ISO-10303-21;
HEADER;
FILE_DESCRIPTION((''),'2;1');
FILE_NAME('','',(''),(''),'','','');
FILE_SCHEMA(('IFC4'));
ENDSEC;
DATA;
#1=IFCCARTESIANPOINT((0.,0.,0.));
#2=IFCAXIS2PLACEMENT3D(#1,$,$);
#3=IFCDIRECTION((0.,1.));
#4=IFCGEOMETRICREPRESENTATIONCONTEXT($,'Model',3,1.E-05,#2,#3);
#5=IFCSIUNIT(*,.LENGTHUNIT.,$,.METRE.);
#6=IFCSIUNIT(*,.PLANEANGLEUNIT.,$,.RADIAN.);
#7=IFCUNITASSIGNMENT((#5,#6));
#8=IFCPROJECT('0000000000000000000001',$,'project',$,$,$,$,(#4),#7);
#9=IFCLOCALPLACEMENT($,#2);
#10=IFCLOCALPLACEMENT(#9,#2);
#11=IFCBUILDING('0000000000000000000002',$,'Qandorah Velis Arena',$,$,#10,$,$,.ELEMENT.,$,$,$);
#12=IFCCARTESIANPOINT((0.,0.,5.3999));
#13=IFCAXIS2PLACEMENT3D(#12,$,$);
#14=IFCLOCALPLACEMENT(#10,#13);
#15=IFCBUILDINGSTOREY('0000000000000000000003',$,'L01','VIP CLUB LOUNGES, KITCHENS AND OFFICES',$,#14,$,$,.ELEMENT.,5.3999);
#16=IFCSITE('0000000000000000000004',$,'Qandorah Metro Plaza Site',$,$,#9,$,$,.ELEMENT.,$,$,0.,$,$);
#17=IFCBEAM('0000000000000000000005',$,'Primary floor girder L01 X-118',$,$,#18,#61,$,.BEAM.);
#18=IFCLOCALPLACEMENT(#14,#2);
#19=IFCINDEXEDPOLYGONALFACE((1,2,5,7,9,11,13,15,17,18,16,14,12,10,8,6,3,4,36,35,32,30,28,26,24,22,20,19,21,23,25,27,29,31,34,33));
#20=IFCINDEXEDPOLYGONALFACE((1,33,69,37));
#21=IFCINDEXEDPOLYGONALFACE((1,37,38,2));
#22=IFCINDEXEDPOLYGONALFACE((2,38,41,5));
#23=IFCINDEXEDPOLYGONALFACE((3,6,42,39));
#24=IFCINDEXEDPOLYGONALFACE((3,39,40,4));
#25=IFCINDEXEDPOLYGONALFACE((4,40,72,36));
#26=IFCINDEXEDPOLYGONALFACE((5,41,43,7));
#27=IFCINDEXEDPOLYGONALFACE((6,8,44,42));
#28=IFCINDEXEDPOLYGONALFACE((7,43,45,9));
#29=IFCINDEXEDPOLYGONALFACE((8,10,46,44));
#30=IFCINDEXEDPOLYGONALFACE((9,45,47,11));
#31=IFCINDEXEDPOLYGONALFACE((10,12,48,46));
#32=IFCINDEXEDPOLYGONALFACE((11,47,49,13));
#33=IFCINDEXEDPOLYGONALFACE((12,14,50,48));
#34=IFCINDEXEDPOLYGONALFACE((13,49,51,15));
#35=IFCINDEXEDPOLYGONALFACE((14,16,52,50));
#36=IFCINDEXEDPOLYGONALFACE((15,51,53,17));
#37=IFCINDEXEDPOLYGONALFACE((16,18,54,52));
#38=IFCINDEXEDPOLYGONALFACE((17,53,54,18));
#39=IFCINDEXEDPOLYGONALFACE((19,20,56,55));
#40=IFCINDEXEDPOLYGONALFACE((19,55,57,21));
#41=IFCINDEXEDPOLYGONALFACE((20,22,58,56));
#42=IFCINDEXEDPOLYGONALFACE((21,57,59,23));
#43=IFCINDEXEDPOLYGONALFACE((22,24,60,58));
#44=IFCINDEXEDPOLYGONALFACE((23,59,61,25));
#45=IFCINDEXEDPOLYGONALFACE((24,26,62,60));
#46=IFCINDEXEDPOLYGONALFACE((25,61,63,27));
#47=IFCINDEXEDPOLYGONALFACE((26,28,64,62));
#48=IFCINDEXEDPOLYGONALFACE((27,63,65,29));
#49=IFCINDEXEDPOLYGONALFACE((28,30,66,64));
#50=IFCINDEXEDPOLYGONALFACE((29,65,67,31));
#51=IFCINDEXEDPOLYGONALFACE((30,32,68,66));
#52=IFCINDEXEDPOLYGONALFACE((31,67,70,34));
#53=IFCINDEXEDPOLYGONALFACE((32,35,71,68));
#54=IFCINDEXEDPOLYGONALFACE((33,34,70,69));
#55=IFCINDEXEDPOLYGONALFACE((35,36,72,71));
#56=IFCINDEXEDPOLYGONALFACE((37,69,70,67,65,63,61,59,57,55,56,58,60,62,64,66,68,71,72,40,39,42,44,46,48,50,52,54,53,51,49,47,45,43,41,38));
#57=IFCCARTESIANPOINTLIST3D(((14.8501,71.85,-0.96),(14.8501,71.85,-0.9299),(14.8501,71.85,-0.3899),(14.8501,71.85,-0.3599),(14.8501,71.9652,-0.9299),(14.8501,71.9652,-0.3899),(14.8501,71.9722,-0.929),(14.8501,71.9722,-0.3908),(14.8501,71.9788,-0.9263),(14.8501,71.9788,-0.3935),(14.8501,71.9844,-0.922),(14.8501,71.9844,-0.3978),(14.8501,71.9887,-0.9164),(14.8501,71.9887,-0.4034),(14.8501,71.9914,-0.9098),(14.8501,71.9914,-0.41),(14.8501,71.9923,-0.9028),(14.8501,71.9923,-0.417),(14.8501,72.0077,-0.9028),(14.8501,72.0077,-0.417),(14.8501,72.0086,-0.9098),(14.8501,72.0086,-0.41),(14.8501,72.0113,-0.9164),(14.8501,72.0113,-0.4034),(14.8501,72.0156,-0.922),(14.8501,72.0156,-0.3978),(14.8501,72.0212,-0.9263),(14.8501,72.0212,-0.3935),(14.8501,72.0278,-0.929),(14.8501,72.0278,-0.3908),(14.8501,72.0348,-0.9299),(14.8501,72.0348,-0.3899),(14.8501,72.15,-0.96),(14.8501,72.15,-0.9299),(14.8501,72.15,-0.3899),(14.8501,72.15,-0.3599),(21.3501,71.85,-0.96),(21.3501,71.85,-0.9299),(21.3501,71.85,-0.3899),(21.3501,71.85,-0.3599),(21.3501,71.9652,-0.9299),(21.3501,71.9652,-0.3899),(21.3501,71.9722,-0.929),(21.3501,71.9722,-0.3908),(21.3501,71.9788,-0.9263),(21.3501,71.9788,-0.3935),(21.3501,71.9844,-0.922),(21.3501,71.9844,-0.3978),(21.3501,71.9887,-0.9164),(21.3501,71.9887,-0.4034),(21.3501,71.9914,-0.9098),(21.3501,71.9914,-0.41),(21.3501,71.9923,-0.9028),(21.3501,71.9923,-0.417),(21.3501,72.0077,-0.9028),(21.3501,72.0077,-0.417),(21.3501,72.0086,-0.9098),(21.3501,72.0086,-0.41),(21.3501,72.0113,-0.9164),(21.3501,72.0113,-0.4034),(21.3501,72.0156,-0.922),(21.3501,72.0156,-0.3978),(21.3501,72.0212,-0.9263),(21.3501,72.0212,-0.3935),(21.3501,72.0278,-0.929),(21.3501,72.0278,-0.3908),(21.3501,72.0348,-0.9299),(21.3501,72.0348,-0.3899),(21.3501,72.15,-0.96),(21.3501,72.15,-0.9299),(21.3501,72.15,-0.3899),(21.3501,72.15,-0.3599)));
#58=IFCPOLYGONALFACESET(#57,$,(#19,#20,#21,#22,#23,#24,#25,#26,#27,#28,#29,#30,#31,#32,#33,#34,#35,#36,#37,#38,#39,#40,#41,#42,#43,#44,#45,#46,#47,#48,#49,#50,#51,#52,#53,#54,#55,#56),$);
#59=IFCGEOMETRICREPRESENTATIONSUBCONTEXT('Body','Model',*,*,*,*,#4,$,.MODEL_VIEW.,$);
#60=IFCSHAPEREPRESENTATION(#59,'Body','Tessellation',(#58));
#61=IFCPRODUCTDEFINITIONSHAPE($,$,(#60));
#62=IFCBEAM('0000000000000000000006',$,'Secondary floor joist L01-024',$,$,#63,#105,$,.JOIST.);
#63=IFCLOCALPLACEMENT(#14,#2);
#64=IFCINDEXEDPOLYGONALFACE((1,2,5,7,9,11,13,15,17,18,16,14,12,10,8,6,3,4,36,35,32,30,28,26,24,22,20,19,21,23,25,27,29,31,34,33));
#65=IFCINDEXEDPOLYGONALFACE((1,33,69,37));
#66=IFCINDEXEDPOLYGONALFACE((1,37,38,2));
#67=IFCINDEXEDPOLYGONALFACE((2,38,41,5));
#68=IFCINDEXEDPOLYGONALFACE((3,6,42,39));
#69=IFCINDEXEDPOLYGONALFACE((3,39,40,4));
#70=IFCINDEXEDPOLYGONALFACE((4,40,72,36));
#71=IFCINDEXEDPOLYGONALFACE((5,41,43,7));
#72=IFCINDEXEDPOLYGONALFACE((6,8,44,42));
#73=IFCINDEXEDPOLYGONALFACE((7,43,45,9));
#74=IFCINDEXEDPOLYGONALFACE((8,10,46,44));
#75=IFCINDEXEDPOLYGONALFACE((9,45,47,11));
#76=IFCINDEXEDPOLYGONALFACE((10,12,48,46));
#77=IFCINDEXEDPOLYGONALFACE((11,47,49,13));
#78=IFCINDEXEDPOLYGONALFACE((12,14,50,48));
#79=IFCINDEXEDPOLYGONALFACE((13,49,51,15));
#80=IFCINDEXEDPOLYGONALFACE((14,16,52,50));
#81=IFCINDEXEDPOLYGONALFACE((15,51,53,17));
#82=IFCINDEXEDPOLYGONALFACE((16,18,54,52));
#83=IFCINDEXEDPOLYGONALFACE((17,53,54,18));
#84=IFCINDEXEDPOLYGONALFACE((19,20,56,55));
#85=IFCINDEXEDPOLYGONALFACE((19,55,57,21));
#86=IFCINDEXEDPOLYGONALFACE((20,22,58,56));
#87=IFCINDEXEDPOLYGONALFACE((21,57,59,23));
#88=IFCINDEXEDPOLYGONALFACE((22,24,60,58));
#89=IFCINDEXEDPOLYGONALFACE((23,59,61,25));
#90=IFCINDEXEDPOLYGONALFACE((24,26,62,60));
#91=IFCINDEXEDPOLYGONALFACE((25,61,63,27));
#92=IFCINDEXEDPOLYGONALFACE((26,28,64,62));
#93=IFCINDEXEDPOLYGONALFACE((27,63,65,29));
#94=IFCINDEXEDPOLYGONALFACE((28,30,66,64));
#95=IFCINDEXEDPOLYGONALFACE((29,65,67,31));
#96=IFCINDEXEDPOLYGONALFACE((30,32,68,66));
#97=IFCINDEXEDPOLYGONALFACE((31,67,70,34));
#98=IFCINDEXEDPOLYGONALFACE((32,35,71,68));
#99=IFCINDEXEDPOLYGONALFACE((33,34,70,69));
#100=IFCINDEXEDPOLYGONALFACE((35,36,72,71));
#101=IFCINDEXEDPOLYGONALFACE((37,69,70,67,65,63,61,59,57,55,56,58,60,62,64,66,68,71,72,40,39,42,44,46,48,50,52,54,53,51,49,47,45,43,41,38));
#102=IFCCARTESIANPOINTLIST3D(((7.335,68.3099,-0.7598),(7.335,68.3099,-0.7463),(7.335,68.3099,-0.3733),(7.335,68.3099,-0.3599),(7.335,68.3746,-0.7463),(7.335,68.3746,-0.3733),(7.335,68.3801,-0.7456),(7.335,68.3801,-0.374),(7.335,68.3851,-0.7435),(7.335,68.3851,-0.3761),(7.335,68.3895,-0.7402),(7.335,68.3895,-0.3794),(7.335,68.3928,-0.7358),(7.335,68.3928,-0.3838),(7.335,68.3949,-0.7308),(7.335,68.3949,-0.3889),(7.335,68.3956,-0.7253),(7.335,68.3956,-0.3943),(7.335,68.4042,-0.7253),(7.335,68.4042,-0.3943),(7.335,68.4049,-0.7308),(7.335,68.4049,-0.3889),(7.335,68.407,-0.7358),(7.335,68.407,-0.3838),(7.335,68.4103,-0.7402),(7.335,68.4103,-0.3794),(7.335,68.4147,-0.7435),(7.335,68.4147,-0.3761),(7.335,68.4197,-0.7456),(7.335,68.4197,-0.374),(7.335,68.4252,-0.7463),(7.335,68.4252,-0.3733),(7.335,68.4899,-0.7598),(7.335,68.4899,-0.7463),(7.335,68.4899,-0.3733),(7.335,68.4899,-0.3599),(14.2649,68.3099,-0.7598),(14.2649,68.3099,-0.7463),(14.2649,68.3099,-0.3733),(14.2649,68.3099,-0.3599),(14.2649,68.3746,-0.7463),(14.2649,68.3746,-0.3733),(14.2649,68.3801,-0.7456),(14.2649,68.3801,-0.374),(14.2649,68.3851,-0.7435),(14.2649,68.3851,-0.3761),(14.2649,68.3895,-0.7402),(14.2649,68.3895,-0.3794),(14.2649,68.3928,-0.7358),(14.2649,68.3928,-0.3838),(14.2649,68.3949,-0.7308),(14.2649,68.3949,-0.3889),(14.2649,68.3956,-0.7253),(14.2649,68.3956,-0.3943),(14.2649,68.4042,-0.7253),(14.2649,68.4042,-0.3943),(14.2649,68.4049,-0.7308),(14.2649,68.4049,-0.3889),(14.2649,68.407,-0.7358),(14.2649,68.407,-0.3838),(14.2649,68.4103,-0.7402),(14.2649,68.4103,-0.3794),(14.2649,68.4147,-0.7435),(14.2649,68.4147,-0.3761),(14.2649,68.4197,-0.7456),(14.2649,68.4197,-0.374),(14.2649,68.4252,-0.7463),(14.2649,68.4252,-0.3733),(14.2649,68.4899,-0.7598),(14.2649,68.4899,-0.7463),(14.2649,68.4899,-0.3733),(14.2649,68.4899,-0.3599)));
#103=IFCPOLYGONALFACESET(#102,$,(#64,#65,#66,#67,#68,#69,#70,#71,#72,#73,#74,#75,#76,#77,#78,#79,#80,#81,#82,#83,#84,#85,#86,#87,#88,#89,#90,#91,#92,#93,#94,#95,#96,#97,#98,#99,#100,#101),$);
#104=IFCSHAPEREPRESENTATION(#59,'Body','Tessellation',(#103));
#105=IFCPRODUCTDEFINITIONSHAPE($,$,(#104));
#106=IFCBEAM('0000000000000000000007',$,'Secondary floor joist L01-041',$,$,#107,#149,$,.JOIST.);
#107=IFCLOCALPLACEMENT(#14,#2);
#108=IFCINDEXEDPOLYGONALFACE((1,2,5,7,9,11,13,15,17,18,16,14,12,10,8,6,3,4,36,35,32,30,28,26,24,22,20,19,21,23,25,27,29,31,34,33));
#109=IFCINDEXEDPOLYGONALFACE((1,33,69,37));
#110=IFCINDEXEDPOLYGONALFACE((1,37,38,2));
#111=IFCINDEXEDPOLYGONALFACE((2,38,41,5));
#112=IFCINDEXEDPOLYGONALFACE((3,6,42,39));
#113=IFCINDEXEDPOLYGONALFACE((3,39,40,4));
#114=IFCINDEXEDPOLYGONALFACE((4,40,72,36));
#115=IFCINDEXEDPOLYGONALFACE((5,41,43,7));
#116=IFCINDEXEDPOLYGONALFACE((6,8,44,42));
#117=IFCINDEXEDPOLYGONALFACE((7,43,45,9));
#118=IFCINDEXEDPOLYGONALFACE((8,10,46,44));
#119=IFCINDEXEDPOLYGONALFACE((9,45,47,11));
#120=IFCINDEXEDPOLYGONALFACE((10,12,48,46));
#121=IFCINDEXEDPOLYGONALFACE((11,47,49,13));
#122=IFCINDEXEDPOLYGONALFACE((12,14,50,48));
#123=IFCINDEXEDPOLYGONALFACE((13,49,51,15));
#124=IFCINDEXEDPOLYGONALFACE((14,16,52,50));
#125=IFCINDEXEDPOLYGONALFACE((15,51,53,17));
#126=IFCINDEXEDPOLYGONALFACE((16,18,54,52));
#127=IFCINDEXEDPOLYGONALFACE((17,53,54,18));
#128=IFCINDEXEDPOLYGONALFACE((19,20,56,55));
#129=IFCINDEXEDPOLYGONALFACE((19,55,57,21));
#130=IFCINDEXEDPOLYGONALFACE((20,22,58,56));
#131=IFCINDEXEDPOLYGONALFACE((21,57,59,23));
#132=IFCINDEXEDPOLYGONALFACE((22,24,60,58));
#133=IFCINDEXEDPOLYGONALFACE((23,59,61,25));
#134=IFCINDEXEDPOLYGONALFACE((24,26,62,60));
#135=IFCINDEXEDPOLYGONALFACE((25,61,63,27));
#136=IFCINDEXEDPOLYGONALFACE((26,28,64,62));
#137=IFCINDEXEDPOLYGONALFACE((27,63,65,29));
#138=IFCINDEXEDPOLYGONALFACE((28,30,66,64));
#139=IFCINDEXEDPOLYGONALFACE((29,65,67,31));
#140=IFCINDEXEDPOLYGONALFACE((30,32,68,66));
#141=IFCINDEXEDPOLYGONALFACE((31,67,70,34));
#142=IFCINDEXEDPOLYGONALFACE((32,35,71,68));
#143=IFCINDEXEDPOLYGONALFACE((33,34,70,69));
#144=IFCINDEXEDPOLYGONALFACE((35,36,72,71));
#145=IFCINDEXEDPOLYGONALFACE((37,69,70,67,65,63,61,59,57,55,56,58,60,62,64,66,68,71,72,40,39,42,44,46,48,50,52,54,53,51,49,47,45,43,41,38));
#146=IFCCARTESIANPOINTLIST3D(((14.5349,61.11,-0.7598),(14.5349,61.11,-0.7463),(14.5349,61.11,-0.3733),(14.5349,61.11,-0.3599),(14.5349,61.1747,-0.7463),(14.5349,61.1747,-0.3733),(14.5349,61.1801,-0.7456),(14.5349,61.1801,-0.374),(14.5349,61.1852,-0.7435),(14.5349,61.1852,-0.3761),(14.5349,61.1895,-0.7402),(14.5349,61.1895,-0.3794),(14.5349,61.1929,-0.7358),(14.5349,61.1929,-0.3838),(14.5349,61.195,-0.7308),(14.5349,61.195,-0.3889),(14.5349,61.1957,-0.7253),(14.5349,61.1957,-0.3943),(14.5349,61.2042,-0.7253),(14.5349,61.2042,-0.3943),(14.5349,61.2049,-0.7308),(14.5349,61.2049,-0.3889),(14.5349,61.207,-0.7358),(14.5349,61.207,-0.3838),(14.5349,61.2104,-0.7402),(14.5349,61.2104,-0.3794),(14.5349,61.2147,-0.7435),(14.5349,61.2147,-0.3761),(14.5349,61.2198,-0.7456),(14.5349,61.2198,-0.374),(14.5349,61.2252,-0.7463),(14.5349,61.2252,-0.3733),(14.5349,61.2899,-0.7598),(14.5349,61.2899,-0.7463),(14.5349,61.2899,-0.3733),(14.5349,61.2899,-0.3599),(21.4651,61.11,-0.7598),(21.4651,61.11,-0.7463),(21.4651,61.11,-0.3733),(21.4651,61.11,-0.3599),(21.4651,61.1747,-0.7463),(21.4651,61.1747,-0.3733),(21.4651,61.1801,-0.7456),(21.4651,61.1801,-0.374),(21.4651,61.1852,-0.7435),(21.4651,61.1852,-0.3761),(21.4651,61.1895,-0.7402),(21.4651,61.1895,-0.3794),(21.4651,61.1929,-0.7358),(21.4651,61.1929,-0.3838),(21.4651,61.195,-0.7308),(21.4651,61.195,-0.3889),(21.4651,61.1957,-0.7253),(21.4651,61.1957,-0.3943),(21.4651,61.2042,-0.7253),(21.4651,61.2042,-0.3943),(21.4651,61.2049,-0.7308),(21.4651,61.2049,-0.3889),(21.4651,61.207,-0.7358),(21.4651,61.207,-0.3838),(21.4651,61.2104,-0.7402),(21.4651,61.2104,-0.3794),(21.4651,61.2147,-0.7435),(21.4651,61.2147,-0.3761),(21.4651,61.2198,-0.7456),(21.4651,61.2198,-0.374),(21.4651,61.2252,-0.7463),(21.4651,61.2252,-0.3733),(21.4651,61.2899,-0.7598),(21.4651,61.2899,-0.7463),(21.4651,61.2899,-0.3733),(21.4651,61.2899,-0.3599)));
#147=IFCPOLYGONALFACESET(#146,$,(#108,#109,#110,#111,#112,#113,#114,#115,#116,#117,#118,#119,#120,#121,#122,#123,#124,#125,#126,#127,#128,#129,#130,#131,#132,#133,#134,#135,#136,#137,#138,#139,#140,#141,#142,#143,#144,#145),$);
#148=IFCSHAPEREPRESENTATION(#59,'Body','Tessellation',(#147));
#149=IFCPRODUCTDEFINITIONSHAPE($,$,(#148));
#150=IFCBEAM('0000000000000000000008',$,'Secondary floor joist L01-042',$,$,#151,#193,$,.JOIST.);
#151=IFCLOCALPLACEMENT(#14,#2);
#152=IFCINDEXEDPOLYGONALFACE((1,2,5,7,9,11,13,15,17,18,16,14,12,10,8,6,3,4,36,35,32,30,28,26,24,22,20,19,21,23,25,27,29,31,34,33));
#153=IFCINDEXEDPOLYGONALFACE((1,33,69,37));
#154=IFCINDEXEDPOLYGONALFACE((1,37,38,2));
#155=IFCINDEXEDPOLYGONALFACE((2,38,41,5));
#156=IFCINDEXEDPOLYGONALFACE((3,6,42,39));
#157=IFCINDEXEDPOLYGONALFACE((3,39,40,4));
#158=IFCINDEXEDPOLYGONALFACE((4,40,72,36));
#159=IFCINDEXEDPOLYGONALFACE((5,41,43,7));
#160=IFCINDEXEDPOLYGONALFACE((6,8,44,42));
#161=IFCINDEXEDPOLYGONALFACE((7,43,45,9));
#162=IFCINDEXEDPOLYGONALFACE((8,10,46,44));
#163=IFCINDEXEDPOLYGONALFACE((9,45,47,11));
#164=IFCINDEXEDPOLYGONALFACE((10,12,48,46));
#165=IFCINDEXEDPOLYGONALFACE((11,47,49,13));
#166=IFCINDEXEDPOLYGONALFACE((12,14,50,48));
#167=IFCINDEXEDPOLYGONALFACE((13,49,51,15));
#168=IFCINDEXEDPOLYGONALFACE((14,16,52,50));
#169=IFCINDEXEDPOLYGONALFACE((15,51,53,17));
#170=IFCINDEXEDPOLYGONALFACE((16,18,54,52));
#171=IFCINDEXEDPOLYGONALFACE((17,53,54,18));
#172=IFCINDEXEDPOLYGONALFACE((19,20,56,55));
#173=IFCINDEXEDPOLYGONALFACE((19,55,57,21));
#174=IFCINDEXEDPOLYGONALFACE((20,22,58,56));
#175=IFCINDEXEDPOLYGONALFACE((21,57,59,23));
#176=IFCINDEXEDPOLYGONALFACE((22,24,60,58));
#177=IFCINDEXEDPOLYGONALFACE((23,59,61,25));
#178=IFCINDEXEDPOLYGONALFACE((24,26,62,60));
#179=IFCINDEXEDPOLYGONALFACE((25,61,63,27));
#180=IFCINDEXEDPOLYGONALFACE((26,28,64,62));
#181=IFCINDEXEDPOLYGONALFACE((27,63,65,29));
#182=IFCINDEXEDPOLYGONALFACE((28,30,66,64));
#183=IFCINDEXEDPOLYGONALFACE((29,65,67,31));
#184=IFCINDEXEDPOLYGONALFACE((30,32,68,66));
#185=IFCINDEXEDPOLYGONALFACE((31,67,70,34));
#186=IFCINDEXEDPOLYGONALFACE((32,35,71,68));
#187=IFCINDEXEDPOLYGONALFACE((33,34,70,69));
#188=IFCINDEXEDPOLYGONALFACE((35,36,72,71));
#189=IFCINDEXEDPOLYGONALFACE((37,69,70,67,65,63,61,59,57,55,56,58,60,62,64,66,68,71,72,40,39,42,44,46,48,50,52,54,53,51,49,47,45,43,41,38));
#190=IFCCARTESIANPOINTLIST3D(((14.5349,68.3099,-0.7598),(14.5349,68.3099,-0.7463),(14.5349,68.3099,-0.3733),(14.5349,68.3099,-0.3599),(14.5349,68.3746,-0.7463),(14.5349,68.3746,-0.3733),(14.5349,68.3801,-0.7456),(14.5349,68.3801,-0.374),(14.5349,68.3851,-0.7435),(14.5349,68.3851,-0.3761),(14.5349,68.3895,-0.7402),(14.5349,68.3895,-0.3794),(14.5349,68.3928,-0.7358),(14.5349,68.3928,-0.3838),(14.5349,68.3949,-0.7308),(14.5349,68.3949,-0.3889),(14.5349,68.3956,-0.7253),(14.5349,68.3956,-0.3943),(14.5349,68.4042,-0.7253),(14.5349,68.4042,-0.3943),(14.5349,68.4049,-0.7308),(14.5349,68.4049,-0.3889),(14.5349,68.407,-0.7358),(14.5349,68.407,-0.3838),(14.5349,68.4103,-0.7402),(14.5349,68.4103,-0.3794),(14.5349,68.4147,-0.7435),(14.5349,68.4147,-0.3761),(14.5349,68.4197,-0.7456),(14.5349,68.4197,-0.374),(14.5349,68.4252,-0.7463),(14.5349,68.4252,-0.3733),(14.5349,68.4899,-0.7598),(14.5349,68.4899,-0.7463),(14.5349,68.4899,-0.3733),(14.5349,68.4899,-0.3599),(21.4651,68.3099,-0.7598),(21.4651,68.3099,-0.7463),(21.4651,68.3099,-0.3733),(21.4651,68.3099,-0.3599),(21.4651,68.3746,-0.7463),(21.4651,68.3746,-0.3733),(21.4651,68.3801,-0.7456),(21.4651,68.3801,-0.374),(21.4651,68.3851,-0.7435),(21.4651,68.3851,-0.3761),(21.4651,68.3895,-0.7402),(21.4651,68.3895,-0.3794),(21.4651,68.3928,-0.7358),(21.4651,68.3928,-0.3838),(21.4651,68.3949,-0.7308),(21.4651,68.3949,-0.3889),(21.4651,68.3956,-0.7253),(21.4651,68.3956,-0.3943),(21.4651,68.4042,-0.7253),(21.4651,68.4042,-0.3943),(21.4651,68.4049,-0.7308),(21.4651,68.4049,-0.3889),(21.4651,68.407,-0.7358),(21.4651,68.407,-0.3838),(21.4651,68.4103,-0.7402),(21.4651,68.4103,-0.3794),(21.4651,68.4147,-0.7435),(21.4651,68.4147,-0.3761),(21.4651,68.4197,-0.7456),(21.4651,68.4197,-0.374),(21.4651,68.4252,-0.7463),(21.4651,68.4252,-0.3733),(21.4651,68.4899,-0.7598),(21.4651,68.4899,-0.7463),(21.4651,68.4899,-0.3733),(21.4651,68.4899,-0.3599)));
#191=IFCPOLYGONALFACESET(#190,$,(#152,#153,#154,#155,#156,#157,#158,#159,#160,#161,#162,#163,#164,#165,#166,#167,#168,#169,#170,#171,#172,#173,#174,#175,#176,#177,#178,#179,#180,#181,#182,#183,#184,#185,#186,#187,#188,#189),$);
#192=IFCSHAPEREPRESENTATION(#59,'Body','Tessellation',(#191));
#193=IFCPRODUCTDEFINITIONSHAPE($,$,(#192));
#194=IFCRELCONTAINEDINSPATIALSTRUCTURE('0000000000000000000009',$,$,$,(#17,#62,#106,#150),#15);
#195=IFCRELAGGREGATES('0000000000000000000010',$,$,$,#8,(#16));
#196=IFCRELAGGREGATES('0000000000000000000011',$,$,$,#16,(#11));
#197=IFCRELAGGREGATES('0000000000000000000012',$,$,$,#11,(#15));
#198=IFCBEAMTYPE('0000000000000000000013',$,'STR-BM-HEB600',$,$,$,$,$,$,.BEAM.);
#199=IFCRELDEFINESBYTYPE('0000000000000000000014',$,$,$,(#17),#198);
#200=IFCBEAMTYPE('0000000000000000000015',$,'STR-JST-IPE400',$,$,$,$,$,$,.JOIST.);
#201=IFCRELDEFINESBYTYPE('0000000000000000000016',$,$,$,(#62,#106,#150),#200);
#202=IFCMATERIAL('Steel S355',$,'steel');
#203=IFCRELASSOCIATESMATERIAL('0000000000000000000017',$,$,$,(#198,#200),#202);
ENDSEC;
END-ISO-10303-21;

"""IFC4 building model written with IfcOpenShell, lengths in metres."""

from ifc_helpers import new_model, si_unit, direction, frame, origin, origin_2d, place, context, subcontext, project, spatial, i_section, extrude, material, material_profile, profile_set, type_object, element, save


model = new_model("IFC4")

# Units and contexts
model_context = context("Model", 3, precision=1e-05, world=origin(), true_north=direction((0.0, 1.0)))
body_context = subcontext(model_context, "Body", "Model", "MODEL_VIEW")
ifc_project = project(units=[si_unit("LENGTHUNIT", "METRE"), si_unit("PLANEANGLEUNIT", "RADIAN")], contexts=[model_context])

# Site, building, storey
site_placement = place(None, origin())
site = spatial("IfcSite", under=ifc_project, at=site_placement, Name="Qandorah Metro Plaza Site", CompositionType="ELEMENT", RefElevation=0.0)
building_placement = place(site_placement, origin())
building = spatial("IfcBuilding", under=site, at=building_placement, Name="Qandorah Velis Arena", CompositionType="ELEMENT")
storey_placement = place(building_placement, frame((0.0, 0.0, 5.3999)))
storey = spatial("IfcBuildingStorey", under=building, at=storey_placement, Name="L01", Description="VIP CLUB LOUNGES, KITCHENS AND OFFICES", CompositionType="ELEMENT", Elevation=5.3999)

# Beams
ifc_material_1 = material(Name="Steel S355", Category="steel")
ifc_material_profile_1 = material_profile(ifc_material_1, i_section(OverallWidth=0.3, OverallDepth=0.6001, WebThickness=0.0154, FlangeThickness=0.03, FilletRadius=0.0271, at=origin_2d()), Name="HEB 600")
ifc_profile_set_1 = profile_set([ifc_material_profile_1], Name="Steel S355")
beam_type_1 = type_object("IfcBeamType", Name="STR-BM-HEB600", PredefinedType="BEAM", material=ifc_profile_set_1)
beam_1_placement = place(storey_placement, frame((14.8501, 72.0, -0.6599), z_axis=(1.0, 0.0, 0.0), x_axis=(0.0, 1.0, 0.0)))
element("IfcBeam", 1, at=beam_1_placement, inside=storey, type_object=beam_type_1, Name="Primary floor girder L01 X-118", PredefinedType="BEAM", context=body_context, shape_type="SweptSolid", body=[
    extrude(i_section(OverallWidth=0.3, OverallDepth=0.6001, WebThickness=0.0154, FlangeThickness=0.03, FilletRadius=0.0271, at=origin_2d()), origin(), (0.0, 0.0, 1.0), 6.5),
])
ifc_material_profile_2 = material_profile(ifc_material_1, i_section(OverallWidth=0.1799, OverallDepth=0.3999, WebThickness=0.0085, FlangeThickness=0.0134, FilletRadius=0.021, at=origin_2d()), Name="IPE 400")
ifc_profile_set_2 = profile_set([ifc_material_profile_2], Name="Steel S355")
beam_type_2 = type_object("IfcBeamType", Name="STR-JST-IPE400", PredefinedType="JOIST", material=ifc_profile_set_2)
beam_2_placement = place(storey_placement, frame((7.335, 68.3999, -0.5598), z_axis=(1.0, 0.0, 0.0), x_axis=(0.0, 1.0, 0.0)))
element("IfcBeam", 2, at=beam_2_placement, inside=storey, type_object=beam_type_2, Name="Secondary floor joist L01-024", PredefinedType="JOIST", context=body_context, shape_type="SweptSolid", body=[
    extrude(i_section(OverallWidth=0.1799, OverallDepth=0.3999, WebThickness=0.0085, FlangeThickness=0.0134, FilletRadius=0.021, at=origin_2d()), origin(), (0.0, 0.0, 1.0), 6.9299),
])
for number, where, z_axis, x_axis, name in (
    (3, (14.5349, 61.2, -0.5598), (1.0, 0.0, 0.0), (0.0, 1.0, 0.0), "Secondary floor joist L01-041"),
    (4, (14.5349, 68.3999, -0.5598), (1.0, 0.0, 0.0), (0.0, 1.0, 0.0), "Secondary floor joist L01-042"),
):
    element("IfcBeam", number, at=place(storey_placement, frame(where, z_axis=z_axis, x_axis=x_axis)), inside=storey, type_object=beam_type_2, Name=name, PredefinedType="JOIST", context=body_context, shape_type="SweptSolid", body=[
        extrude(i_section(OverallWidth=0.1799, OverallDepth=0.3999, WebThickness=0.0085, FlangeThickness=0.0134, FilletRadius=0.021, at=origin_2d()), origin(), (0.0, 0.0, 1.0), 6.9302),
    ])

save(model, "model.ifc")
